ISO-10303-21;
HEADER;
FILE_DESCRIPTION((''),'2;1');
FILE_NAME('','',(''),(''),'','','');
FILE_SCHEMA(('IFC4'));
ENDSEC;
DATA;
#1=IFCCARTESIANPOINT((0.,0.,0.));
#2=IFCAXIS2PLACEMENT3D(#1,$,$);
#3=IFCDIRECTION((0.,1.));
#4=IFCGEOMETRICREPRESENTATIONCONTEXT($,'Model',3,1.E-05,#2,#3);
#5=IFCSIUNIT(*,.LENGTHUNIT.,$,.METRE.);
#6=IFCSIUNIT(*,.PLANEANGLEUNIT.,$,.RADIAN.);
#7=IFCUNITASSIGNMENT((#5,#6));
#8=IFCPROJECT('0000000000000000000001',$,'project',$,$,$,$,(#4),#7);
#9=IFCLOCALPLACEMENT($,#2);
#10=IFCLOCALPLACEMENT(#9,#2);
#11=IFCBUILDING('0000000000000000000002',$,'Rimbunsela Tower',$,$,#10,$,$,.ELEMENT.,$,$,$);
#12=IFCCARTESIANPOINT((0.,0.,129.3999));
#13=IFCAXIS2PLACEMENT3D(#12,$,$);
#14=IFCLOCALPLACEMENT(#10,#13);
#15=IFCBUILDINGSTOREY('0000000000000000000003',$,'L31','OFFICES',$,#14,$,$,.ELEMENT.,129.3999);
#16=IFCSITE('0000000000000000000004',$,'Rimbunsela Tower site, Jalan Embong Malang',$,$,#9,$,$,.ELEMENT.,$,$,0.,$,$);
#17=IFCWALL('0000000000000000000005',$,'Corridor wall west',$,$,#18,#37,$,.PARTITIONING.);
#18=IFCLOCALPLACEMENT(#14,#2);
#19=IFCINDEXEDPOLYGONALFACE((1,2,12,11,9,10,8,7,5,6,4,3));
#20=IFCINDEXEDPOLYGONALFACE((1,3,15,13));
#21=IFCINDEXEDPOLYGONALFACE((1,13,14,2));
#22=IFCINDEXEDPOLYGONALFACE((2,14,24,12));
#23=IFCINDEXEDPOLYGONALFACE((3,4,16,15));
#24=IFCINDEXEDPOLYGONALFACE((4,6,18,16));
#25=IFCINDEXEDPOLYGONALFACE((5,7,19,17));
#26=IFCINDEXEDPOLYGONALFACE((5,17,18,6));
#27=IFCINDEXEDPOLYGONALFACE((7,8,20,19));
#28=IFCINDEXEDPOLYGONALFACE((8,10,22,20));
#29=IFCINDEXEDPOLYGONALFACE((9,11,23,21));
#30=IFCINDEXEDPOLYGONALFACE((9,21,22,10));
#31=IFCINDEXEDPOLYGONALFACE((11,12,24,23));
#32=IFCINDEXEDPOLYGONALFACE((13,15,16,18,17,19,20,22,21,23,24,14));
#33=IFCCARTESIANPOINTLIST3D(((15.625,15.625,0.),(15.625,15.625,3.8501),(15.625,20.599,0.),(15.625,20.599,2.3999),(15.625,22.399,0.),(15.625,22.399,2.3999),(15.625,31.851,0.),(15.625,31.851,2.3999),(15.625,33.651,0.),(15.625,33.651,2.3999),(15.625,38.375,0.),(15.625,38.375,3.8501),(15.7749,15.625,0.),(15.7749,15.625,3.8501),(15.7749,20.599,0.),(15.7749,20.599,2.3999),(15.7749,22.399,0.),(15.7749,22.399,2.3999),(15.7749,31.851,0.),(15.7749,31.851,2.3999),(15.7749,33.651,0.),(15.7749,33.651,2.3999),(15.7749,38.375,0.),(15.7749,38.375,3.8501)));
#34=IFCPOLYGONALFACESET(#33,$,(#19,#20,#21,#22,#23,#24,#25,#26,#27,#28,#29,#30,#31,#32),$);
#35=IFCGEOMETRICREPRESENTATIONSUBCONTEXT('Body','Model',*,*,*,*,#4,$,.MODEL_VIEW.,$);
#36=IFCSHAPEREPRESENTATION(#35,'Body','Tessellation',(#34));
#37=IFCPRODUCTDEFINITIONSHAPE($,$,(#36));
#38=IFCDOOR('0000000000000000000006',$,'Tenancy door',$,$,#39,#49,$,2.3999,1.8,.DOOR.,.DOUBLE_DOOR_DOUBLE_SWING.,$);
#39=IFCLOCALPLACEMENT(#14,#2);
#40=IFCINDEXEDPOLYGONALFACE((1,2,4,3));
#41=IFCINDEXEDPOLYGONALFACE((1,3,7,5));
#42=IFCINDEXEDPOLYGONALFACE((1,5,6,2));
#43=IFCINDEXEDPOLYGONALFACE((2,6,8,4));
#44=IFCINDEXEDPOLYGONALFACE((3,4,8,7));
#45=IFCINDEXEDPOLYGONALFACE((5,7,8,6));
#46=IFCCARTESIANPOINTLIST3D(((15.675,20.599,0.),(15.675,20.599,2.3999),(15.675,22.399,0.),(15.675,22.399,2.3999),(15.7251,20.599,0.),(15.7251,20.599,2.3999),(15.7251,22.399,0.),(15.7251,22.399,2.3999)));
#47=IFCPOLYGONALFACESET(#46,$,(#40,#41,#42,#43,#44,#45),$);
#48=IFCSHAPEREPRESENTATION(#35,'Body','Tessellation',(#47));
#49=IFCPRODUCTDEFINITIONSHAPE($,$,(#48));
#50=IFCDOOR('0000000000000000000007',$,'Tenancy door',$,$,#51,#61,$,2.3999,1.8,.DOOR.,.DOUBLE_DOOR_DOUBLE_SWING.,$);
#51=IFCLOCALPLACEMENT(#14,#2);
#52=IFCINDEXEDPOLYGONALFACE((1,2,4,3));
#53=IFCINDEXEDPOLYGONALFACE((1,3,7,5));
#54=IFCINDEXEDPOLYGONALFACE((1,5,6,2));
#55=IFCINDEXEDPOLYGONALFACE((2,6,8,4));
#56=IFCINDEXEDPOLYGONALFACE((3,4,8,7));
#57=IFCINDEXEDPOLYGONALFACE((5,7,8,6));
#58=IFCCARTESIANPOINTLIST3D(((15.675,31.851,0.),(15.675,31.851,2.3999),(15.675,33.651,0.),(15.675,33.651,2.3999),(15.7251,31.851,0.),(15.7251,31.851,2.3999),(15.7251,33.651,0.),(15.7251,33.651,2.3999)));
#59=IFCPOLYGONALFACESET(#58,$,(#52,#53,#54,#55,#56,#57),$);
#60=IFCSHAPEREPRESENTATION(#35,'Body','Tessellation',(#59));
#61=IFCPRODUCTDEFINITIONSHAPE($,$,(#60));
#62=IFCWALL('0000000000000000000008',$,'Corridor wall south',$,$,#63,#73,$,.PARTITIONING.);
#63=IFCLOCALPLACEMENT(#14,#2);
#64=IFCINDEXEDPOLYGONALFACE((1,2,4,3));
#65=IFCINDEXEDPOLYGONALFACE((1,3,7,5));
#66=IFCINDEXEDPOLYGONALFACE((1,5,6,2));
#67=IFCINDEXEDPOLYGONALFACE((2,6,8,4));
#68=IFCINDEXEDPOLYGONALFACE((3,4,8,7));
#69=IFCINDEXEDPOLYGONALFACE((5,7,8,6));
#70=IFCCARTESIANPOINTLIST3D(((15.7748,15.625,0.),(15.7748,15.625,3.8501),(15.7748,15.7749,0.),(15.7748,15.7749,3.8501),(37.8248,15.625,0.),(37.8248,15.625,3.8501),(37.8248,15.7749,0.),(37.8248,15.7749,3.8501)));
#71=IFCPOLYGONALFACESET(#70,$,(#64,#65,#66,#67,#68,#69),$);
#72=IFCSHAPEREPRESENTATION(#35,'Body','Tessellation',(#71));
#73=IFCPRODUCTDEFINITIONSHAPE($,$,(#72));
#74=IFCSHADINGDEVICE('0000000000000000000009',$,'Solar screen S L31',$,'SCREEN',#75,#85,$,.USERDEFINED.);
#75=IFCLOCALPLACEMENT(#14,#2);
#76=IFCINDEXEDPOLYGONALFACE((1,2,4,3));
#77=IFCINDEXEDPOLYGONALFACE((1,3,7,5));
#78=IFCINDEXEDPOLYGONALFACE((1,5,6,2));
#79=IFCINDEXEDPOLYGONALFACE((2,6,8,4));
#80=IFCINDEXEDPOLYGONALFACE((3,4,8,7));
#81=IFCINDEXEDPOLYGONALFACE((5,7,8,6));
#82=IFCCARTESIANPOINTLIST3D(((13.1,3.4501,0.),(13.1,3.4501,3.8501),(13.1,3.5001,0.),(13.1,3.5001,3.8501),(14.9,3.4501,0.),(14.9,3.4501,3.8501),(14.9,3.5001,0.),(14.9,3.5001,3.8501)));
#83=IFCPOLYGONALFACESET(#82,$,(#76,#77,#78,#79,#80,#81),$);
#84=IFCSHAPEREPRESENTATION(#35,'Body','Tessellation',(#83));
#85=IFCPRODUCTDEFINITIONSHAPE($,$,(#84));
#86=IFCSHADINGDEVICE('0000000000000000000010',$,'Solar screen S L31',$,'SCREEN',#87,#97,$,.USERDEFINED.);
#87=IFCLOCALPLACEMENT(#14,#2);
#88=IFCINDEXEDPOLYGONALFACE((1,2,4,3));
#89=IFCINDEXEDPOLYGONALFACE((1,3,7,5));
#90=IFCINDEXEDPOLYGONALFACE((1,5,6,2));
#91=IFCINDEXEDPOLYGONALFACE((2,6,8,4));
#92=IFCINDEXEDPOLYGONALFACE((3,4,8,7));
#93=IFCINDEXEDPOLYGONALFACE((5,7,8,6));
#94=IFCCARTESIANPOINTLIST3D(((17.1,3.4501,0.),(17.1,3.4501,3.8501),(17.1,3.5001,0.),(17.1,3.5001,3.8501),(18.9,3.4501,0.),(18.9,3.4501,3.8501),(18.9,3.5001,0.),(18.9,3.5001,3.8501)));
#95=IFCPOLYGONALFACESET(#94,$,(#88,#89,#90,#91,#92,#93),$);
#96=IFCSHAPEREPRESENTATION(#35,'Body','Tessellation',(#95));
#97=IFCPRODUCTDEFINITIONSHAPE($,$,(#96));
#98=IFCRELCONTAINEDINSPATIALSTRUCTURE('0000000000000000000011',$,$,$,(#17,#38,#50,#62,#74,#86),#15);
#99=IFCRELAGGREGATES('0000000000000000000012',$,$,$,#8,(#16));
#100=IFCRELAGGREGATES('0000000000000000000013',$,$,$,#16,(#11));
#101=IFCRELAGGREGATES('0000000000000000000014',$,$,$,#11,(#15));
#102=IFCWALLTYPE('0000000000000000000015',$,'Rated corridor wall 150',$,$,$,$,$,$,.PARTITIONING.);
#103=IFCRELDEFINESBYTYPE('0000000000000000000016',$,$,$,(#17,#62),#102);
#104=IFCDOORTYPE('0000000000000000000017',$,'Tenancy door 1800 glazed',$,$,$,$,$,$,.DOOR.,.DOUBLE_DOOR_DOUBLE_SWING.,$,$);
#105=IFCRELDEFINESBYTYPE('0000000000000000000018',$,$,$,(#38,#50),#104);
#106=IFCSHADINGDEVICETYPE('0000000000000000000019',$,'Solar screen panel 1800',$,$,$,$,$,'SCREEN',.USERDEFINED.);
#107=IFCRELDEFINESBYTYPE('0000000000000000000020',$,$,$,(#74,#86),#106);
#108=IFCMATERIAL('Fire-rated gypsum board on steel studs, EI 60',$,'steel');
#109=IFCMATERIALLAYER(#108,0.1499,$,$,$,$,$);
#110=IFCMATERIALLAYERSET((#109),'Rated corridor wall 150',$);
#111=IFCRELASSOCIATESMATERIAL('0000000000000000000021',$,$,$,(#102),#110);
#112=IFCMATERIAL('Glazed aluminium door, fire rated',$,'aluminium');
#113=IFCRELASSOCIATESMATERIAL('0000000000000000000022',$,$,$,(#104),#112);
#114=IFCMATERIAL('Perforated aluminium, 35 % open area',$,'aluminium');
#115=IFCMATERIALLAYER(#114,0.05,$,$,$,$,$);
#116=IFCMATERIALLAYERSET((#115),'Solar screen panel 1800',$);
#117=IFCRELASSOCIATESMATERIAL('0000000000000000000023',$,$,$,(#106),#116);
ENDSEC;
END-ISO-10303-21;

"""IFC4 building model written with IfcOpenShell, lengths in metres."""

from ifc_helpers import new_model, si_unit, direction, frame, frame_2d, origin, origin_2d, place, context, subcontext, project, spatial, rectangle, extrude, material, layer, layer_set, type_object, element, fill, save


model = new_model("IFC4")

# Units and contexts
model_context = context("Model", 3, precision=1e-05, world=origin(), true_north=direction((0.0, 1.0)))
body_context = subcontext(model_context, "Body", "Model", "MODEL_VIEW")
ifc_project = project(units=[si_unit("LENGTHUNIT", "METRE"), si_unit("PLANEANGLEUNIT", "RADIAN")], contexts=[model_context])

# Site, building, storey
site_placement = place(None, origin())
site = spatial("IfcSite", under=ifc_project, at=site_placement, Name="Rimbunsela Tower site, Jalan Embong Malang", CompositionType="ELEMENT", RefElevation=0.0)
building_placement = place(site_placement, origin())
building = spatial("IfcBuilding", under=site, at=building_placement, Name="Rimbunsela Tower", CompositionType="ELEMENT")
storey_placement = place(building_placement, frame((0.0, 0.0, 129.3999)))
storey = spatial("IfcBuildingStorey", under=building, at=storey_placement, Name="L31", Description="OFFICES", CompositionType="ELEMENT", Elevation=129.3999)

# Wall, openings, doors
ifc_material_1 = material(Name="Fire-rated gypsum board on steel studs, EI 60", Category="steel")
ifc_layer_1 = layer(ifc_material_1, 0.1499)
ifc_layer_set_1 = layer_set([ifc_layer_1], Name="Rated corridor wall 150")
wall_type_1 = type_object("IfcWallType", Name="Rated corridor wall 150", PredefinedType="PARTITIONING", material=ifc_layer_set_1)
wall_1_placement = place(storey_placement, frame((15.7, 15.625, 0.0), z_axis=(0.0, 0.0, 1.0), x_axis=(0.0, 1.0, 0.0)))
wall_1 = element("IfcWall", 1, at=wall_1_placement, inside=storey, type_object=wall_type_1, Name="Corridor wall west", PredefinedType="PARTITIONING", context=body_context, shape_type="SweptSolid", body=[
    extrude(rectangle(XDim=22.75, YDim=0.1499, at=frame_2d((11.375, 0.0))), origin(), (0.0, 0.0, 1.0), 3.8501),
])
opening_1_placement = place(wall_1_placement, frame((4.9741, 0.0, 0.0)))
opening_1 = element("IfcOpeningElement", 2, at=opening_1_placement, cuts=wall_1, PredefinedType="OPENING", context=body_context, shape_type="SweptSolid", body=[
    extrude(rectangle(XDim=1.8, YDim=2.3999, at=frame_2d((0.8999, 1.2))), frame((0.0, 0.085, 0.0), z_axis=(0.0, -1.0, 0.0), x_axis=(1.0, 0.0, 0.0)), (0.0, 0.0, 1.0), 0.1699),
])
opening_2_placement = place(wall_1_placement, frame((16.2261, 0.0, 0.0)))
opening_2 = element("IfcOpeningElement", 3, at=opening_2_placement, cuts=wall_1, PredefinedType="OPENING", context=body_context, shape_type="SweptSolid", body=[
    extrude(rectangle(XDim=1.8, YDim=2.3999, at=frame_2d((0.8999, 1.2))), frame((0.0, 0.085, 0.0), z_axis=(0.0, -1.0, 0.0), x_axis=(1.0, 0.0, 0.0)), (0.0, 0.0, 1.0), 0.1699),
])
ifc_material_2 = material(Name="Glazed aluminium door, fire rated", Category="aluminium")
door_type_1 = type_object("IfcDoorType", Name="Tenancy door 1800 glazed", OperationType="DOUBLE_DOOR_DOUBLE_SWING", PredefinedType="DOOR", material=ifc_material_2)
door_1_placement = place(opening_1_placement, origin())
door_1 = element("IfcDoor", 4, at=door_1_placement, inside=storey, type_object=door_type_1, Name="Tenancy door", OperationType="DOUBLE_DOOR_DOUBLE_SWING", OverallHeight=2.3999, OverallWidth=1.8, PredefinedType="DOOR", context=body_context, shape_type="SweptSolid", body=[
    extrude(rectangle(XDim=1.8, YDim=2.3999, at=frame_2d((0.8999, 1.2))), frame((0.0, 0.0249, 0.0), z_axis=(0.0, -1.0, 0.0), x_axis=(1.0, 0.0, 0.0)), (0.0, 0.0, 1.0), 0.05),
])
fill(opening_1, door_1)
door_2_placement = place(opening_2_placement, origin())
door_2 = element("IfcDoor", 5, at=door_2_placement, inside=storey, type_object=door_type_1, Name="Tenancy door", OperationType="DOUBLE_DOOR_DOUBLE_SWING", OverallHeight=2.3999, OverallWidth=1.8, PredefinedType="DOOR", context=body_context, shape_type="SweptSolid", body=[
    extrude(rectangle(XDim=1.8, YDim=2.3999, at=frame_2d((0.8999, 1.2))), frame((0.0, 0.0249, 0.0), z_axis=(0.0, -1.0, 0.0), x_axis=(1.0, 0.0, 0.0)), (0.0, 0.0, 1.0), 0.05),
])
fill(opening_2, door_2)

# Wall
wall_2_placement = place(storey_placement, frame((15.7749, 15.7, 0.0), z_axis=(0.0, 0.0, 1.0), x_axis=(1.0, 0.0, 0.0)))
element("IfcWall", 6, at=wall_2_placement, inside=storey, type_object=wall_type_1, Name="Corridor wall south", PredefinedType="PARTITIONING", context=body_context, shape_type="SweptSolid", body=[
    extrude(rectangle(XDim=22.05, YDim=0.1499, at=frame_2d((11.0249, 0.0))), origin(), (0.0, 0.0, 1.0), 3.8501),
])

# Shading devices
ifc_material_3 = material(Name="Perforated aluminium, 35 % open area", Category="aluminium")
ifc_layer_2 = layer(ifc_material_3, 0.05)
ifc_layer_set_2 = layer_set([ifc_layer_2], Name="Solar screen panel 1800")
shading_device_type = type_object("IfcShadingDeviceType", Name="Solar screen panel 1800", ElementType="SCREEN", PredefinedType="USERDEFINED", material=ifc_layer_set_2)
for number, where, z_axis, x_axis, name in (
    (7, (14.0, 3.4751, 0.0), (0.0, 0.0, 1.0), (1.0, 0.0, 0.0), "Solar screen S L31"),
    (8, (18.0, 3.4751, 0.0), (0.0, 0.0, 1.0), (1.0, 0.0, 0.0), "Solar screen S L31"),
):
    element("IfcShadingDevice", number, at=place(storey_placement, frame(where, z_axis=z_axis, x_axis=x_axis)), inside=storey, type_object=shading_device_type, Name=name, ObjectType="SCREEN", PredefinedType="USERDEFINED", context=body_context, shape_type="SweptSolid", body=[
        extrude(rectangle(XDim=1.8, YDim=0.05, at=origin_2d()), origin(), (0.0, 0.0, 1.0), 3.8501),
    ])

save(model, "model.ifc")
